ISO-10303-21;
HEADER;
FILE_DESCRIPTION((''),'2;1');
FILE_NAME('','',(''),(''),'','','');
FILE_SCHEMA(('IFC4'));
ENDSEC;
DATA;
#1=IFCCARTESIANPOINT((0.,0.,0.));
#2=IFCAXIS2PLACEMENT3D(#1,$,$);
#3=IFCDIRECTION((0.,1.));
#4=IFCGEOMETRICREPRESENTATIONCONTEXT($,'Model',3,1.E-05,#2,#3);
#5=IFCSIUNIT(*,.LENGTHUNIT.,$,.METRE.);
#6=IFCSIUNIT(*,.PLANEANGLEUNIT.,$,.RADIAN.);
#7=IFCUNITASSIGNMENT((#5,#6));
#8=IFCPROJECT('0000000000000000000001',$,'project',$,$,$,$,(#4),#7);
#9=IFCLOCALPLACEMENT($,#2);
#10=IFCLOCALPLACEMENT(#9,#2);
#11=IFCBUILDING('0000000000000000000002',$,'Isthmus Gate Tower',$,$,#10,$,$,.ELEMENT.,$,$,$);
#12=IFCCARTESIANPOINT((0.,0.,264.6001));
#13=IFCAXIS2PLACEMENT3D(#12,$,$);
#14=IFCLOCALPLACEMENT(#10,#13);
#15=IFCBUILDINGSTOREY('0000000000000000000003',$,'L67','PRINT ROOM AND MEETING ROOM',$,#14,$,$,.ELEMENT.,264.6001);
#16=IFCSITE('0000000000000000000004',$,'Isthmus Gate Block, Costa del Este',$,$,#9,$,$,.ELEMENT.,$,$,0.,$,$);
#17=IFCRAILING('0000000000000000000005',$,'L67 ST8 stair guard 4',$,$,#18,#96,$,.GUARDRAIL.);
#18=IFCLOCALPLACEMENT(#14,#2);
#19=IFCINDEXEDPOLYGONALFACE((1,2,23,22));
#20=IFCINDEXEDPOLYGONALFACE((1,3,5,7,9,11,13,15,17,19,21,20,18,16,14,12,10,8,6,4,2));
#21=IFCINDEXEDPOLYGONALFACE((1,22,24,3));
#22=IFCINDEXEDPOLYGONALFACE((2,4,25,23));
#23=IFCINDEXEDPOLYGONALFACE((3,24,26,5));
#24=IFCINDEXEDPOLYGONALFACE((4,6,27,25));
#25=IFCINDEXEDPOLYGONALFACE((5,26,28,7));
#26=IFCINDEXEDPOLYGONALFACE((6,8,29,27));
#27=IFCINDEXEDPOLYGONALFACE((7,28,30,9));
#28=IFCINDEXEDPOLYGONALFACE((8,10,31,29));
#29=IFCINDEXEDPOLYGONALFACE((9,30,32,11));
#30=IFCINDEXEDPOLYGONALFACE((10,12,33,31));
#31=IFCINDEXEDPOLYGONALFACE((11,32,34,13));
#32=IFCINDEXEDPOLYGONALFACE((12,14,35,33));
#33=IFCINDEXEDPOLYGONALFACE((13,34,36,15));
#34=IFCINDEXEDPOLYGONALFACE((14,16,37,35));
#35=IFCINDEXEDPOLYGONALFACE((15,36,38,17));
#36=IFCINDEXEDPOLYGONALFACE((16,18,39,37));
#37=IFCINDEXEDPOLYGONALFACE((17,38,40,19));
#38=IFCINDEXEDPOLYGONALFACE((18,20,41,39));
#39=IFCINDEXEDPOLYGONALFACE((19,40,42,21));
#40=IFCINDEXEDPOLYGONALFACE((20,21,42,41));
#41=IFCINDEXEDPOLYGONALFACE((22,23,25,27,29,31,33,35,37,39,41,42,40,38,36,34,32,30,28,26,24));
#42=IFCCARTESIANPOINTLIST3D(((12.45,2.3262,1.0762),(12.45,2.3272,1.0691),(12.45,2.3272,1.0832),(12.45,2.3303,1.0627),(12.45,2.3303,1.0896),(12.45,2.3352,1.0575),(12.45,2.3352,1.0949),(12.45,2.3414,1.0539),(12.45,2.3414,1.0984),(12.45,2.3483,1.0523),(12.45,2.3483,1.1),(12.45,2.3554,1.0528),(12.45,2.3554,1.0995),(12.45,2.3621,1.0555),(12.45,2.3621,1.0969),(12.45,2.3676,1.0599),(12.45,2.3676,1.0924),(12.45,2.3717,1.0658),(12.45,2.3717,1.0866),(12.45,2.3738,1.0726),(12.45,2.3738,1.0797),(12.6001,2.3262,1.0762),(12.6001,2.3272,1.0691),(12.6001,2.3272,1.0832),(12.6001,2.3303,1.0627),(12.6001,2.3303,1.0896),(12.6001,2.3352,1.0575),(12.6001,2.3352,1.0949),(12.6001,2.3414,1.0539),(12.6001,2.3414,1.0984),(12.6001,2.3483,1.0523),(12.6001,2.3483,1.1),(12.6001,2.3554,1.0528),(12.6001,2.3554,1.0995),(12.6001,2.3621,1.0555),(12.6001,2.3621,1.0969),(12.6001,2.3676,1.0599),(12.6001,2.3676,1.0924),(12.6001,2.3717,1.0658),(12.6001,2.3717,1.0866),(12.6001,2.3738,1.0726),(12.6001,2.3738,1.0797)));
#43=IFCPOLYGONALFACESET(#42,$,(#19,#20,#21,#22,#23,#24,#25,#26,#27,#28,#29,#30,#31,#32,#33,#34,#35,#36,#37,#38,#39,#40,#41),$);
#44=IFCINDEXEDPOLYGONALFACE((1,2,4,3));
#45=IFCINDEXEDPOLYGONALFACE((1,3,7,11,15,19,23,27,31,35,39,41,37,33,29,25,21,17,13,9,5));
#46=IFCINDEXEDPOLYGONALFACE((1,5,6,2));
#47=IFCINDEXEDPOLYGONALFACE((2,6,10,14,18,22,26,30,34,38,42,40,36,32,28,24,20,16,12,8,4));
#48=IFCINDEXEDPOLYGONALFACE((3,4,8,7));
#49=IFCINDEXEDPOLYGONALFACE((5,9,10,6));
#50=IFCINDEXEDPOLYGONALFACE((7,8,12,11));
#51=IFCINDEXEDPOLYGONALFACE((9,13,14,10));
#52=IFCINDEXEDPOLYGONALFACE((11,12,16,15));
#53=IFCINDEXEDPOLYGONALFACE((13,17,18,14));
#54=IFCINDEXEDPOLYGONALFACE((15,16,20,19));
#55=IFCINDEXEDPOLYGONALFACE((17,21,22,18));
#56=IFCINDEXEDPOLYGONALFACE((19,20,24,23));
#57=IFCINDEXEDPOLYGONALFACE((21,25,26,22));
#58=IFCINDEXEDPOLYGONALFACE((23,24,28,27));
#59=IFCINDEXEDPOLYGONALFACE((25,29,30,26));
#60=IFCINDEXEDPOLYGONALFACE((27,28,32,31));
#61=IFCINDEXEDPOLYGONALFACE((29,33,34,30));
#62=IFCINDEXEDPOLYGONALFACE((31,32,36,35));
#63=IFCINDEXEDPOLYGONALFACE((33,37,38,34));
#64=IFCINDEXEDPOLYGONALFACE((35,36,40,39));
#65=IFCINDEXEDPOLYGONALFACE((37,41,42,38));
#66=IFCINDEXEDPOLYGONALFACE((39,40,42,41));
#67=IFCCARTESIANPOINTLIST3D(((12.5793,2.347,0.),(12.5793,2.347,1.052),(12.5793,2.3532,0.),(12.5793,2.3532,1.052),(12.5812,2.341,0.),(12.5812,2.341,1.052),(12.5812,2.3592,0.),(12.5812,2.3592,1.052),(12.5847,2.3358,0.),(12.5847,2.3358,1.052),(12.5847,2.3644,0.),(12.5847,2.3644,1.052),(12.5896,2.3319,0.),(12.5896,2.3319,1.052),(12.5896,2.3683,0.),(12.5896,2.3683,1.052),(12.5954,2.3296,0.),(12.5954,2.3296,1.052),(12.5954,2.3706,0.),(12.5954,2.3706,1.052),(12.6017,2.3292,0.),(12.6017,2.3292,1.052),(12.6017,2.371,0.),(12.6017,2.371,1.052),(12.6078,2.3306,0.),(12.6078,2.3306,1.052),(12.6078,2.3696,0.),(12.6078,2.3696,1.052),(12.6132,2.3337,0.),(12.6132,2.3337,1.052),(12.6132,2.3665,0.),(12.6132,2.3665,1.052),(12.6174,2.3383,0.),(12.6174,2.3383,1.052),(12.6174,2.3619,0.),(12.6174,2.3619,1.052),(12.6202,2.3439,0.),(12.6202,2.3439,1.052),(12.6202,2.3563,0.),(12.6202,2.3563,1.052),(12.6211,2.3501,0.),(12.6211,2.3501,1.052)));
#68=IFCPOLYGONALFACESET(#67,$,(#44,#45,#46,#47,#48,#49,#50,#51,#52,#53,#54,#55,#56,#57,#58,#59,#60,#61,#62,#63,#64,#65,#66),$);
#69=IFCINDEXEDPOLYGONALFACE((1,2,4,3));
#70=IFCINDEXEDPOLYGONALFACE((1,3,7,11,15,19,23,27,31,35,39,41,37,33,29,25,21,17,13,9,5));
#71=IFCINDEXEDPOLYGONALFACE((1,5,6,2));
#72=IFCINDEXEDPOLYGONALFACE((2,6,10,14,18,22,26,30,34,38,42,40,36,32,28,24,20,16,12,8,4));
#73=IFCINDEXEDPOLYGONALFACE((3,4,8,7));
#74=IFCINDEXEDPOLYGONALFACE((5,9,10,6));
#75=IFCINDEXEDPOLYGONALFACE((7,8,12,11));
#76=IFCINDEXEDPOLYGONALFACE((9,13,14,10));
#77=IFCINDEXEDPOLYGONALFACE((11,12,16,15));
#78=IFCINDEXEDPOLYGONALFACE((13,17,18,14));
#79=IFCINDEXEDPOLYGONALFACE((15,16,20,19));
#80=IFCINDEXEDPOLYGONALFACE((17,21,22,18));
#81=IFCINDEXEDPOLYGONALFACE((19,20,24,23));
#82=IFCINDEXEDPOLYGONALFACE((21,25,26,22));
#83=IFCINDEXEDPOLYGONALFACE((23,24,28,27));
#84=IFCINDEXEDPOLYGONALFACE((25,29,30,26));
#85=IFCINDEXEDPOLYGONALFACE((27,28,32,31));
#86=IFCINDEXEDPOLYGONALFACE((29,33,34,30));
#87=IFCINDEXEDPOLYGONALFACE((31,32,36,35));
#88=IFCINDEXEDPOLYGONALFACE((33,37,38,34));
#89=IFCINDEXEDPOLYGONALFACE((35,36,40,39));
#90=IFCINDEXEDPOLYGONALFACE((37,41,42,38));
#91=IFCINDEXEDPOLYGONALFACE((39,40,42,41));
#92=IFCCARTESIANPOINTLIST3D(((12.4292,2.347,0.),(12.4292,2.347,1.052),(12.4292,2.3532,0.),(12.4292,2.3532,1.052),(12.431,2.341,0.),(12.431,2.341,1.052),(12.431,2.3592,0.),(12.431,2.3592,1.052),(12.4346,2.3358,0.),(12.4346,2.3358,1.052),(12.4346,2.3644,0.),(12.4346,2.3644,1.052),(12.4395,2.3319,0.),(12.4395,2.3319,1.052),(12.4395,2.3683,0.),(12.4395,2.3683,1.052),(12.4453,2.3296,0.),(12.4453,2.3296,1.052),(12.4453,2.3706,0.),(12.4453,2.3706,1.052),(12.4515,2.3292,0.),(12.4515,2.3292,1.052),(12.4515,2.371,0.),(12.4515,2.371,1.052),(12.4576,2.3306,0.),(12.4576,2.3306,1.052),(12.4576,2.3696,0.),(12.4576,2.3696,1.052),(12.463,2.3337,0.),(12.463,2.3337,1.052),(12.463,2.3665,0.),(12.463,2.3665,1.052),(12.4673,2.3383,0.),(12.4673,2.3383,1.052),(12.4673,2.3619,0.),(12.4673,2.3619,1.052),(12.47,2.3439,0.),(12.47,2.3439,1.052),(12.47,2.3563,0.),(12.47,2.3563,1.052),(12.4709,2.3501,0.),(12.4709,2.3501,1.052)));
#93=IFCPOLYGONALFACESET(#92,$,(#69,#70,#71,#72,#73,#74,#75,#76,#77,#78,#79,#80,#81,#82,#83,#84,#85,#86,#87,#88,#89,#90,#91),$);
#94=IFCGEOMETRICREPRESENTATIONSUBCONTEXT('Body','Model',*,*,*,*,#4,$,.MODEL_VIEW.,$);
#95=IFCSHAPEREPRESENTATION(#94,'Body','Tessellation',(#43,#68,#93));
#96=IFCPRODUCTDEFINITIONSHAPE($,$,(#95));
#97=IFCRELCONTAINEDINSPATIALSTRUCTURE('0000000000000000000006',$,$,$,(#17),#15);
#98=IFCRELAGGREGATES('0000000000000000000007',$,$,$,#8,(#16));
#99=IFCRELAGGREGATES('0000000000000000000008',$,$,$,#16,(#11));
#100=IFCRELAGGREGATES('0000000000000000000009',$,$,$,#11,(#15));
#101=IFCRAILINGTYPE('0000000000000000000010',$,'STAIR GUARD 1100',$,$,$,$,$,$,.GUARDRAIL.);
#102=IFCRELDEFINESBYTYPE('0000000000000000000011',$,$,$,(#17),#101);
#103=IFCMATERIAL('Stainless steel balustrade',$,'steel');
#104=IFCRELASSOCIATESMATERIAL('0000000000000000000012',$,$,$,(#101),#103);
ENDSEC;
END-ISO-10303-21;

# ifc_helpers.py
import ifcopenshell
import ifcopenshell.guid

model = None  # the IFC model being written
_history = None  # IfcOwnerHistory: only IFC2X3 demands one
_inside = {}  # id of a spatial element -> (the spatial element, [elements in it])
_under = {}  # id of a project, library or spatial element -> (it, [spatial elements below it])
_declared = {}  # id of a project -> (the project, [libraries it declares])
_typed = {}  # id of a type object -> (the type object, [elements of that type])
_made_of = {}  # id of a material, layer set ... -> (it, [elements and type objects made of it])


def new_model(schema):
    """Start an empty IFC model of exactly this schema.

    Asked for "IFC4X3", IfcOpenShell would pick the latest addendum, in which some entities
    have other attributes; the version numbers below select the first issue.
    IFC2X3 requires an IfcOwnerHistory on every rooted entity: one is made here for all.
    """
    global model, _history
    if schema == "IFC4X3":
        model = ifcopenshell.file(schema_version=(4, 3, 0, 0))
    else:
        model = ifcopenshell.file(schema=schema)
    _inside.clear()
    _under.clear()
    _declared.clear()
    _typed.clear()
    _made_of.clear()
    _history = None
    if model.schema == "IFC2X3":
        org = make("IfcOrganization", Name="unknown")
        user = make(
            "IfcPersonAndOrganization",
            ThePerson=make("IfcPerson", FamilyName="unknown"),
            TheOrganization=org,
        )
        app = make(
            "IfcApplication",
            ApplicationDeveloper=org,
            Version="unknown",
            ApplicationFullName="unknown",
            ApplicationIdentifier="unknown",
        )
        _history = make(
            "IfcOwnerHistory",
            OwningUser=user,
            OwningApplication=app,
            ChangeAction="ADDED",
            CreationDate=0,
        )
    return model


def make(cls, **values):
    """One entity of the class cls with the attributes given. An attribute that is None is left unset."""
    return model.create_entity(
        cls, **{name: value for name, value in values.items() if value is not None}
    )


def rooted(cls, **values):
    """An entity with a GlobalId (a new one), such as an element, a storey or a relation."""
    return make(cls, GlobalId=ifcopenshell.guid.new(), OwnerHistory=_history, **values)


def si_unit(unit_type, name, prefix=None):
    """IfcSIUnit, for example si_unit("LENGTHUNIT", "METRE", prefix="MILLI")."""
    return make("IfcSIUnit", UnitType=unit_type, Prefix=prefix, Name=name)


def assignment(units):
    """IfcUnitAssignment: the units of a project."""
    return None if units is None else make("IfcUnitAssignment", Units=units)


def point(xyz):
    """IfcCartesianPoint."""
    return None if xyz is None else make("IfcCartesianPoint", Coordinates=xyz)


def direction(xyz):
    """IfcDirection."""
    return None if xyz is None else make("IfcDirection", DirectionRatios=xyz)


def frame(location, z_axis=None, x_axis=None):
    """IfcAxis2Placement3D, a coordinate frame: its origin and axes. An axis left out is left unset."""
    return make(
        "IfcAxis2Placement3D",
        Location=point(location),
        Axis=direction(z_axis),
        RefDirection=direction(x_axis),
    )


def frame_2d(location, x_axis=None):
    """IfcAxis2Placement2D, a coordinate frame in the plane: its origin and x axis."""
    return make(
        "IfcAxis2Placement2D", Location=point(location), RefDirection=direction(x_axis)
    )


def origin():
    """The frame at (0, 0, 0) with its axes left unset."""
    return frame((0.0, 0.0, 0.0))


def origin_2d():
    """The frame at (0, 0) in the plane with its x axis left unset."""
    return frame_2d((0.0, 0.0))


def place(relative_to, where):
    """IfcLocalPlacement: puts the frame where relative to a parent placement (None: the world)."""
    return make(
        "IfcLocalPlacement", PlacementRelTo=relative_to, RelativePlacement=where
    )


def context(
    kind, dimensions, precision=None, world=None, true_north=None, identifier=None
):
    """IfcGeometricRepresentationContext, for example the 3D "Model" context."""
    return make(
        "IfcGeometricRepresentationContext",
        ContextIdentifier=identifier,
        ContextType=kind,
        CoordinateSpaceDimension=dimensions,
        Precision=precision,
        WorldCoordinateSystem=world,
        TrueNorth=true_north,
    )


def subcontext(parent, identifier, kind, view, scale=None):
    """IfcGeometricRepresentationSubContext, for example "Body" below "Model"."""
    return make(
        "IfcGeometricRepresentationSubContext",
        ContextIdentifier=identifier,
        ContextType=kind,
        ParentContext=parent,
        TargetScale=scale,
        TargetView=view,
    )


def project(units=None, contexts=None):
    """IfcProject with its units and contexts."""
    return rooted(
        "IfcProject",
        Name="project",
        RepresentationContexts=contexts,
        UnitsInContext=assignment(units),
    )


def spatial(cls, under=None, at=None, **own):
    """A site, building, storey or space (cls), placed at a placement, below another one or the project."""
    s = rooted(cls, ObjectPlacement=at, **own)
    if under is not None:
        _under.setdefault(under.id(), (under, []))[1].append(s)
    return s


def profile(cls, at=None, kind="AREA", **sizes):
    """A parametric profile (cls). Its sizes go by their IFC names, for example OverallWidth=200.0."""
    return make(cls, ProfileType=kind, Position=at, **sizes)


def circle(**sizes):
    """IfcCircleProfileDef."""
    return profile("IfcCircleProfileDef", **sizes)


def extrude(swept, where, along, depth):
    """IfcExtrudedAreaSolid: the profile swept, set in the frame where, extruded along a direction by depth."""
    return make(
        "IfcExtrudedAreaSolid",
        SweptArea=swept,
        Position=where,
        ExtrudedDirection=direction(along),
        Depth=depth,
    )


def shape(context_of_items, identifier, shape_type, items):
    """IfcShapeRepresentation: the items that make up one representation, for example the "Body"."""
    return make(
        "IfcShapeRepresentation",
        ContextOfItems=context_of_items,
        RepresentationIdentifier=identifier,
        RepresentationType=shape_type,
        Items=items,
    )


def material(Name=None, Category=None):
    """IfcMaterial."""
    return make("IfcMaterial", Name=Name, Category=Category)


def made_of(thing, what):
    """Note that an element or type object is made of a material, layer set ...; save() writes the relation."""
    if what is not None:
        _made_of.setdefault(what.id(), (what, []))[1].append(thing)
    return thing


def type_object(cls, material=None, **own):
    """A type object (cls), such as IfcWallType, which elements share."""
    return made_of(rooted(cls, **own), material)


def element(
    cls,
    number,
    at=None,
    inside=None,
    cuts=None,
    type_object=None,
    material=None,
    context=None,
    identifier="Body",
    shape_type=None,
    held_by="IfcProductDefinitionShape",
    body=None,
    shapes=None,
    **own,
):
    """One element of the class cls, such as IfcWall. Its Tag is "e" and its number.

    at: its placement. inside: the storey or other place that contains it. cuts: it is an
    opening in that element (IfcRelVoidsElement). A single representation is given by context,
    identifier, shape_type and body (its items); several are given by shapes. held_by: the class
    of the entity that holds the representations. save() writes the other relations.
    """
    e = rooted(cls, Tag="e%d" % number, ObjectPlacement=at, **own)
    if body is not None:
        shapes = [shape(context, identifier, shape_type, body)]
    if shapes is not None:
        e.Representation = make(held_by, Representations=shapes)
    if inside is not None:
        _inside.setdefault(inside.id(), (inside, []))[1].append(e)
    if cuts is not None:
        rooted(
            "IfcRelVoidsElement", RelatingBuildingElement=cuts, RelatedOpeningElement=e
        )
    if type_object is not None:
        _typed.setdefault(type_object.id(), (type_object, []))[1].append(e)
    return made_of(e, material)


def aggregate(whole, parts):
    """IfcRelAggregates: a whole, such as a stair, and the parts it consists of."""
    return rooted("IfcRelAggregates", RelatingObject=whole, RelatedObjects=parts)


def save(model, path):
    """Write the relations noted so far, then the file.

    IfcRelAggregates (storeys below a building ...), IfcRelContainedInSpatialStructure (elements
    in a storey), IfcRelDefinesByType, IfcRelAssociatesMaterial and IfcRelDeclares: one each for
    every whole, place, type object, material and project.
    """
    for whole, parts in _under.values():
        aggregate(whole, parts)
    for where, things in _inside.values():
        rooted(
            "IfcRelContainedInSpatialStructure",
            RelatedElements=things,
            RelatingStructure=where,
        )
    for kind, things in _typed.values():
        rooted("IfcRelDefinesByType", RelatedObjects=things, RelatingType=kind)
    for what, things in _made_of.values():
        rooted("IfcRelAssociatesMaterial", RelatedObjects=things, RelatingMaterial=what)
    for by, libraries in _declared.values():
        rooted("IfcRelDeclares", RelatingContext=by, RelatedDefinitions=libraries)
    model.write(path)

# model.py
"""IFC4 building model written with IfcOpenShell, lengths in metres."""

from ifc_helpers import new_model, si_unit, direction, frame, origin, origin_2d, place, context, subcontext, project, spatial, circle, extrude, material, type_object, element, save


model = new_model("IFC4")

# Units and contexts
model_context = context("Model", 3, precision=1e-05, world=origin(), true_north=direction((0.0, 1.0)))
body_context = subcontext(model_context, "Body", "Model", "MODEL_VIEW")
ifc_project = project(units=[si_unit("LENGTHUNIT", "METRE"), si_unit("PLANEANGLEUNIT", "RADIAN")], contexts=[model_context])

# Site, building, storey
site_placement = place(None, origin())
site = spatial("IfcSite", under=ifc_project, at=site_placement, Name="Isthmus Gate Block, Costa del Este", CompositionType="ELEMENT", RefElevation=0.0)
building_placement = place(site_placement, origin())
building = spatial("IfcBuilding", under=site, at=building_placement, Name="Isthmus Gate Tower", CompositionType="ELEMENT")
storey_placement = place(building_placement, frame((0.0, 0.0, 264.6001)))
storey = spatial("IfcBuildingStorey", under=building, at=storey_placement, Name="L67", Description="PRINT ROOM AND MEETING ROOM", CompositionType="ELEMENT", Elevation=264.6001)

# Railing
ifc_material_1 = material(Name="Stainless steel balustrade", Category="steel")
railing_type_1 = type_object("IfcRailingType", Name="STAIR GUARD 1100", PredefinedType="GUARDRAIL", material=ifc_material_1)
railing_1_placement = place(storey_placement, frame((12.6001, 2.3501, 0.0)))
element("IfcRailing", 1, at=railing_1_placement, inside=storey, type_object=railing_type_1, Name="L67 ST8 stair guard 4", PredefinedType="GUARDRAIL", context=body_context, shape_type="SweptSolid", body=[
    extrude(circle(Radius=0.0239, at=origin_2d()), frame((0.0, 0.0, 1.0762), z_axis=(-1.0, 0.0, 0.0), x_axis=(0.0, -1.0, 0.0)), (0.0, 0.0, 1.0), 0.1501),
    extrude(circle(Radius=0.021, at=origin_2d()), origin(), (0.0, 0.0, 1.0), 1.052),
    extrude(circle(Radius=0.021, at=origin_2d()), frame((-0.1501, 0.0, 0.0)), (0.0, 0.0, 1.0), 1.052),
])

save(model, "model.ifc")
